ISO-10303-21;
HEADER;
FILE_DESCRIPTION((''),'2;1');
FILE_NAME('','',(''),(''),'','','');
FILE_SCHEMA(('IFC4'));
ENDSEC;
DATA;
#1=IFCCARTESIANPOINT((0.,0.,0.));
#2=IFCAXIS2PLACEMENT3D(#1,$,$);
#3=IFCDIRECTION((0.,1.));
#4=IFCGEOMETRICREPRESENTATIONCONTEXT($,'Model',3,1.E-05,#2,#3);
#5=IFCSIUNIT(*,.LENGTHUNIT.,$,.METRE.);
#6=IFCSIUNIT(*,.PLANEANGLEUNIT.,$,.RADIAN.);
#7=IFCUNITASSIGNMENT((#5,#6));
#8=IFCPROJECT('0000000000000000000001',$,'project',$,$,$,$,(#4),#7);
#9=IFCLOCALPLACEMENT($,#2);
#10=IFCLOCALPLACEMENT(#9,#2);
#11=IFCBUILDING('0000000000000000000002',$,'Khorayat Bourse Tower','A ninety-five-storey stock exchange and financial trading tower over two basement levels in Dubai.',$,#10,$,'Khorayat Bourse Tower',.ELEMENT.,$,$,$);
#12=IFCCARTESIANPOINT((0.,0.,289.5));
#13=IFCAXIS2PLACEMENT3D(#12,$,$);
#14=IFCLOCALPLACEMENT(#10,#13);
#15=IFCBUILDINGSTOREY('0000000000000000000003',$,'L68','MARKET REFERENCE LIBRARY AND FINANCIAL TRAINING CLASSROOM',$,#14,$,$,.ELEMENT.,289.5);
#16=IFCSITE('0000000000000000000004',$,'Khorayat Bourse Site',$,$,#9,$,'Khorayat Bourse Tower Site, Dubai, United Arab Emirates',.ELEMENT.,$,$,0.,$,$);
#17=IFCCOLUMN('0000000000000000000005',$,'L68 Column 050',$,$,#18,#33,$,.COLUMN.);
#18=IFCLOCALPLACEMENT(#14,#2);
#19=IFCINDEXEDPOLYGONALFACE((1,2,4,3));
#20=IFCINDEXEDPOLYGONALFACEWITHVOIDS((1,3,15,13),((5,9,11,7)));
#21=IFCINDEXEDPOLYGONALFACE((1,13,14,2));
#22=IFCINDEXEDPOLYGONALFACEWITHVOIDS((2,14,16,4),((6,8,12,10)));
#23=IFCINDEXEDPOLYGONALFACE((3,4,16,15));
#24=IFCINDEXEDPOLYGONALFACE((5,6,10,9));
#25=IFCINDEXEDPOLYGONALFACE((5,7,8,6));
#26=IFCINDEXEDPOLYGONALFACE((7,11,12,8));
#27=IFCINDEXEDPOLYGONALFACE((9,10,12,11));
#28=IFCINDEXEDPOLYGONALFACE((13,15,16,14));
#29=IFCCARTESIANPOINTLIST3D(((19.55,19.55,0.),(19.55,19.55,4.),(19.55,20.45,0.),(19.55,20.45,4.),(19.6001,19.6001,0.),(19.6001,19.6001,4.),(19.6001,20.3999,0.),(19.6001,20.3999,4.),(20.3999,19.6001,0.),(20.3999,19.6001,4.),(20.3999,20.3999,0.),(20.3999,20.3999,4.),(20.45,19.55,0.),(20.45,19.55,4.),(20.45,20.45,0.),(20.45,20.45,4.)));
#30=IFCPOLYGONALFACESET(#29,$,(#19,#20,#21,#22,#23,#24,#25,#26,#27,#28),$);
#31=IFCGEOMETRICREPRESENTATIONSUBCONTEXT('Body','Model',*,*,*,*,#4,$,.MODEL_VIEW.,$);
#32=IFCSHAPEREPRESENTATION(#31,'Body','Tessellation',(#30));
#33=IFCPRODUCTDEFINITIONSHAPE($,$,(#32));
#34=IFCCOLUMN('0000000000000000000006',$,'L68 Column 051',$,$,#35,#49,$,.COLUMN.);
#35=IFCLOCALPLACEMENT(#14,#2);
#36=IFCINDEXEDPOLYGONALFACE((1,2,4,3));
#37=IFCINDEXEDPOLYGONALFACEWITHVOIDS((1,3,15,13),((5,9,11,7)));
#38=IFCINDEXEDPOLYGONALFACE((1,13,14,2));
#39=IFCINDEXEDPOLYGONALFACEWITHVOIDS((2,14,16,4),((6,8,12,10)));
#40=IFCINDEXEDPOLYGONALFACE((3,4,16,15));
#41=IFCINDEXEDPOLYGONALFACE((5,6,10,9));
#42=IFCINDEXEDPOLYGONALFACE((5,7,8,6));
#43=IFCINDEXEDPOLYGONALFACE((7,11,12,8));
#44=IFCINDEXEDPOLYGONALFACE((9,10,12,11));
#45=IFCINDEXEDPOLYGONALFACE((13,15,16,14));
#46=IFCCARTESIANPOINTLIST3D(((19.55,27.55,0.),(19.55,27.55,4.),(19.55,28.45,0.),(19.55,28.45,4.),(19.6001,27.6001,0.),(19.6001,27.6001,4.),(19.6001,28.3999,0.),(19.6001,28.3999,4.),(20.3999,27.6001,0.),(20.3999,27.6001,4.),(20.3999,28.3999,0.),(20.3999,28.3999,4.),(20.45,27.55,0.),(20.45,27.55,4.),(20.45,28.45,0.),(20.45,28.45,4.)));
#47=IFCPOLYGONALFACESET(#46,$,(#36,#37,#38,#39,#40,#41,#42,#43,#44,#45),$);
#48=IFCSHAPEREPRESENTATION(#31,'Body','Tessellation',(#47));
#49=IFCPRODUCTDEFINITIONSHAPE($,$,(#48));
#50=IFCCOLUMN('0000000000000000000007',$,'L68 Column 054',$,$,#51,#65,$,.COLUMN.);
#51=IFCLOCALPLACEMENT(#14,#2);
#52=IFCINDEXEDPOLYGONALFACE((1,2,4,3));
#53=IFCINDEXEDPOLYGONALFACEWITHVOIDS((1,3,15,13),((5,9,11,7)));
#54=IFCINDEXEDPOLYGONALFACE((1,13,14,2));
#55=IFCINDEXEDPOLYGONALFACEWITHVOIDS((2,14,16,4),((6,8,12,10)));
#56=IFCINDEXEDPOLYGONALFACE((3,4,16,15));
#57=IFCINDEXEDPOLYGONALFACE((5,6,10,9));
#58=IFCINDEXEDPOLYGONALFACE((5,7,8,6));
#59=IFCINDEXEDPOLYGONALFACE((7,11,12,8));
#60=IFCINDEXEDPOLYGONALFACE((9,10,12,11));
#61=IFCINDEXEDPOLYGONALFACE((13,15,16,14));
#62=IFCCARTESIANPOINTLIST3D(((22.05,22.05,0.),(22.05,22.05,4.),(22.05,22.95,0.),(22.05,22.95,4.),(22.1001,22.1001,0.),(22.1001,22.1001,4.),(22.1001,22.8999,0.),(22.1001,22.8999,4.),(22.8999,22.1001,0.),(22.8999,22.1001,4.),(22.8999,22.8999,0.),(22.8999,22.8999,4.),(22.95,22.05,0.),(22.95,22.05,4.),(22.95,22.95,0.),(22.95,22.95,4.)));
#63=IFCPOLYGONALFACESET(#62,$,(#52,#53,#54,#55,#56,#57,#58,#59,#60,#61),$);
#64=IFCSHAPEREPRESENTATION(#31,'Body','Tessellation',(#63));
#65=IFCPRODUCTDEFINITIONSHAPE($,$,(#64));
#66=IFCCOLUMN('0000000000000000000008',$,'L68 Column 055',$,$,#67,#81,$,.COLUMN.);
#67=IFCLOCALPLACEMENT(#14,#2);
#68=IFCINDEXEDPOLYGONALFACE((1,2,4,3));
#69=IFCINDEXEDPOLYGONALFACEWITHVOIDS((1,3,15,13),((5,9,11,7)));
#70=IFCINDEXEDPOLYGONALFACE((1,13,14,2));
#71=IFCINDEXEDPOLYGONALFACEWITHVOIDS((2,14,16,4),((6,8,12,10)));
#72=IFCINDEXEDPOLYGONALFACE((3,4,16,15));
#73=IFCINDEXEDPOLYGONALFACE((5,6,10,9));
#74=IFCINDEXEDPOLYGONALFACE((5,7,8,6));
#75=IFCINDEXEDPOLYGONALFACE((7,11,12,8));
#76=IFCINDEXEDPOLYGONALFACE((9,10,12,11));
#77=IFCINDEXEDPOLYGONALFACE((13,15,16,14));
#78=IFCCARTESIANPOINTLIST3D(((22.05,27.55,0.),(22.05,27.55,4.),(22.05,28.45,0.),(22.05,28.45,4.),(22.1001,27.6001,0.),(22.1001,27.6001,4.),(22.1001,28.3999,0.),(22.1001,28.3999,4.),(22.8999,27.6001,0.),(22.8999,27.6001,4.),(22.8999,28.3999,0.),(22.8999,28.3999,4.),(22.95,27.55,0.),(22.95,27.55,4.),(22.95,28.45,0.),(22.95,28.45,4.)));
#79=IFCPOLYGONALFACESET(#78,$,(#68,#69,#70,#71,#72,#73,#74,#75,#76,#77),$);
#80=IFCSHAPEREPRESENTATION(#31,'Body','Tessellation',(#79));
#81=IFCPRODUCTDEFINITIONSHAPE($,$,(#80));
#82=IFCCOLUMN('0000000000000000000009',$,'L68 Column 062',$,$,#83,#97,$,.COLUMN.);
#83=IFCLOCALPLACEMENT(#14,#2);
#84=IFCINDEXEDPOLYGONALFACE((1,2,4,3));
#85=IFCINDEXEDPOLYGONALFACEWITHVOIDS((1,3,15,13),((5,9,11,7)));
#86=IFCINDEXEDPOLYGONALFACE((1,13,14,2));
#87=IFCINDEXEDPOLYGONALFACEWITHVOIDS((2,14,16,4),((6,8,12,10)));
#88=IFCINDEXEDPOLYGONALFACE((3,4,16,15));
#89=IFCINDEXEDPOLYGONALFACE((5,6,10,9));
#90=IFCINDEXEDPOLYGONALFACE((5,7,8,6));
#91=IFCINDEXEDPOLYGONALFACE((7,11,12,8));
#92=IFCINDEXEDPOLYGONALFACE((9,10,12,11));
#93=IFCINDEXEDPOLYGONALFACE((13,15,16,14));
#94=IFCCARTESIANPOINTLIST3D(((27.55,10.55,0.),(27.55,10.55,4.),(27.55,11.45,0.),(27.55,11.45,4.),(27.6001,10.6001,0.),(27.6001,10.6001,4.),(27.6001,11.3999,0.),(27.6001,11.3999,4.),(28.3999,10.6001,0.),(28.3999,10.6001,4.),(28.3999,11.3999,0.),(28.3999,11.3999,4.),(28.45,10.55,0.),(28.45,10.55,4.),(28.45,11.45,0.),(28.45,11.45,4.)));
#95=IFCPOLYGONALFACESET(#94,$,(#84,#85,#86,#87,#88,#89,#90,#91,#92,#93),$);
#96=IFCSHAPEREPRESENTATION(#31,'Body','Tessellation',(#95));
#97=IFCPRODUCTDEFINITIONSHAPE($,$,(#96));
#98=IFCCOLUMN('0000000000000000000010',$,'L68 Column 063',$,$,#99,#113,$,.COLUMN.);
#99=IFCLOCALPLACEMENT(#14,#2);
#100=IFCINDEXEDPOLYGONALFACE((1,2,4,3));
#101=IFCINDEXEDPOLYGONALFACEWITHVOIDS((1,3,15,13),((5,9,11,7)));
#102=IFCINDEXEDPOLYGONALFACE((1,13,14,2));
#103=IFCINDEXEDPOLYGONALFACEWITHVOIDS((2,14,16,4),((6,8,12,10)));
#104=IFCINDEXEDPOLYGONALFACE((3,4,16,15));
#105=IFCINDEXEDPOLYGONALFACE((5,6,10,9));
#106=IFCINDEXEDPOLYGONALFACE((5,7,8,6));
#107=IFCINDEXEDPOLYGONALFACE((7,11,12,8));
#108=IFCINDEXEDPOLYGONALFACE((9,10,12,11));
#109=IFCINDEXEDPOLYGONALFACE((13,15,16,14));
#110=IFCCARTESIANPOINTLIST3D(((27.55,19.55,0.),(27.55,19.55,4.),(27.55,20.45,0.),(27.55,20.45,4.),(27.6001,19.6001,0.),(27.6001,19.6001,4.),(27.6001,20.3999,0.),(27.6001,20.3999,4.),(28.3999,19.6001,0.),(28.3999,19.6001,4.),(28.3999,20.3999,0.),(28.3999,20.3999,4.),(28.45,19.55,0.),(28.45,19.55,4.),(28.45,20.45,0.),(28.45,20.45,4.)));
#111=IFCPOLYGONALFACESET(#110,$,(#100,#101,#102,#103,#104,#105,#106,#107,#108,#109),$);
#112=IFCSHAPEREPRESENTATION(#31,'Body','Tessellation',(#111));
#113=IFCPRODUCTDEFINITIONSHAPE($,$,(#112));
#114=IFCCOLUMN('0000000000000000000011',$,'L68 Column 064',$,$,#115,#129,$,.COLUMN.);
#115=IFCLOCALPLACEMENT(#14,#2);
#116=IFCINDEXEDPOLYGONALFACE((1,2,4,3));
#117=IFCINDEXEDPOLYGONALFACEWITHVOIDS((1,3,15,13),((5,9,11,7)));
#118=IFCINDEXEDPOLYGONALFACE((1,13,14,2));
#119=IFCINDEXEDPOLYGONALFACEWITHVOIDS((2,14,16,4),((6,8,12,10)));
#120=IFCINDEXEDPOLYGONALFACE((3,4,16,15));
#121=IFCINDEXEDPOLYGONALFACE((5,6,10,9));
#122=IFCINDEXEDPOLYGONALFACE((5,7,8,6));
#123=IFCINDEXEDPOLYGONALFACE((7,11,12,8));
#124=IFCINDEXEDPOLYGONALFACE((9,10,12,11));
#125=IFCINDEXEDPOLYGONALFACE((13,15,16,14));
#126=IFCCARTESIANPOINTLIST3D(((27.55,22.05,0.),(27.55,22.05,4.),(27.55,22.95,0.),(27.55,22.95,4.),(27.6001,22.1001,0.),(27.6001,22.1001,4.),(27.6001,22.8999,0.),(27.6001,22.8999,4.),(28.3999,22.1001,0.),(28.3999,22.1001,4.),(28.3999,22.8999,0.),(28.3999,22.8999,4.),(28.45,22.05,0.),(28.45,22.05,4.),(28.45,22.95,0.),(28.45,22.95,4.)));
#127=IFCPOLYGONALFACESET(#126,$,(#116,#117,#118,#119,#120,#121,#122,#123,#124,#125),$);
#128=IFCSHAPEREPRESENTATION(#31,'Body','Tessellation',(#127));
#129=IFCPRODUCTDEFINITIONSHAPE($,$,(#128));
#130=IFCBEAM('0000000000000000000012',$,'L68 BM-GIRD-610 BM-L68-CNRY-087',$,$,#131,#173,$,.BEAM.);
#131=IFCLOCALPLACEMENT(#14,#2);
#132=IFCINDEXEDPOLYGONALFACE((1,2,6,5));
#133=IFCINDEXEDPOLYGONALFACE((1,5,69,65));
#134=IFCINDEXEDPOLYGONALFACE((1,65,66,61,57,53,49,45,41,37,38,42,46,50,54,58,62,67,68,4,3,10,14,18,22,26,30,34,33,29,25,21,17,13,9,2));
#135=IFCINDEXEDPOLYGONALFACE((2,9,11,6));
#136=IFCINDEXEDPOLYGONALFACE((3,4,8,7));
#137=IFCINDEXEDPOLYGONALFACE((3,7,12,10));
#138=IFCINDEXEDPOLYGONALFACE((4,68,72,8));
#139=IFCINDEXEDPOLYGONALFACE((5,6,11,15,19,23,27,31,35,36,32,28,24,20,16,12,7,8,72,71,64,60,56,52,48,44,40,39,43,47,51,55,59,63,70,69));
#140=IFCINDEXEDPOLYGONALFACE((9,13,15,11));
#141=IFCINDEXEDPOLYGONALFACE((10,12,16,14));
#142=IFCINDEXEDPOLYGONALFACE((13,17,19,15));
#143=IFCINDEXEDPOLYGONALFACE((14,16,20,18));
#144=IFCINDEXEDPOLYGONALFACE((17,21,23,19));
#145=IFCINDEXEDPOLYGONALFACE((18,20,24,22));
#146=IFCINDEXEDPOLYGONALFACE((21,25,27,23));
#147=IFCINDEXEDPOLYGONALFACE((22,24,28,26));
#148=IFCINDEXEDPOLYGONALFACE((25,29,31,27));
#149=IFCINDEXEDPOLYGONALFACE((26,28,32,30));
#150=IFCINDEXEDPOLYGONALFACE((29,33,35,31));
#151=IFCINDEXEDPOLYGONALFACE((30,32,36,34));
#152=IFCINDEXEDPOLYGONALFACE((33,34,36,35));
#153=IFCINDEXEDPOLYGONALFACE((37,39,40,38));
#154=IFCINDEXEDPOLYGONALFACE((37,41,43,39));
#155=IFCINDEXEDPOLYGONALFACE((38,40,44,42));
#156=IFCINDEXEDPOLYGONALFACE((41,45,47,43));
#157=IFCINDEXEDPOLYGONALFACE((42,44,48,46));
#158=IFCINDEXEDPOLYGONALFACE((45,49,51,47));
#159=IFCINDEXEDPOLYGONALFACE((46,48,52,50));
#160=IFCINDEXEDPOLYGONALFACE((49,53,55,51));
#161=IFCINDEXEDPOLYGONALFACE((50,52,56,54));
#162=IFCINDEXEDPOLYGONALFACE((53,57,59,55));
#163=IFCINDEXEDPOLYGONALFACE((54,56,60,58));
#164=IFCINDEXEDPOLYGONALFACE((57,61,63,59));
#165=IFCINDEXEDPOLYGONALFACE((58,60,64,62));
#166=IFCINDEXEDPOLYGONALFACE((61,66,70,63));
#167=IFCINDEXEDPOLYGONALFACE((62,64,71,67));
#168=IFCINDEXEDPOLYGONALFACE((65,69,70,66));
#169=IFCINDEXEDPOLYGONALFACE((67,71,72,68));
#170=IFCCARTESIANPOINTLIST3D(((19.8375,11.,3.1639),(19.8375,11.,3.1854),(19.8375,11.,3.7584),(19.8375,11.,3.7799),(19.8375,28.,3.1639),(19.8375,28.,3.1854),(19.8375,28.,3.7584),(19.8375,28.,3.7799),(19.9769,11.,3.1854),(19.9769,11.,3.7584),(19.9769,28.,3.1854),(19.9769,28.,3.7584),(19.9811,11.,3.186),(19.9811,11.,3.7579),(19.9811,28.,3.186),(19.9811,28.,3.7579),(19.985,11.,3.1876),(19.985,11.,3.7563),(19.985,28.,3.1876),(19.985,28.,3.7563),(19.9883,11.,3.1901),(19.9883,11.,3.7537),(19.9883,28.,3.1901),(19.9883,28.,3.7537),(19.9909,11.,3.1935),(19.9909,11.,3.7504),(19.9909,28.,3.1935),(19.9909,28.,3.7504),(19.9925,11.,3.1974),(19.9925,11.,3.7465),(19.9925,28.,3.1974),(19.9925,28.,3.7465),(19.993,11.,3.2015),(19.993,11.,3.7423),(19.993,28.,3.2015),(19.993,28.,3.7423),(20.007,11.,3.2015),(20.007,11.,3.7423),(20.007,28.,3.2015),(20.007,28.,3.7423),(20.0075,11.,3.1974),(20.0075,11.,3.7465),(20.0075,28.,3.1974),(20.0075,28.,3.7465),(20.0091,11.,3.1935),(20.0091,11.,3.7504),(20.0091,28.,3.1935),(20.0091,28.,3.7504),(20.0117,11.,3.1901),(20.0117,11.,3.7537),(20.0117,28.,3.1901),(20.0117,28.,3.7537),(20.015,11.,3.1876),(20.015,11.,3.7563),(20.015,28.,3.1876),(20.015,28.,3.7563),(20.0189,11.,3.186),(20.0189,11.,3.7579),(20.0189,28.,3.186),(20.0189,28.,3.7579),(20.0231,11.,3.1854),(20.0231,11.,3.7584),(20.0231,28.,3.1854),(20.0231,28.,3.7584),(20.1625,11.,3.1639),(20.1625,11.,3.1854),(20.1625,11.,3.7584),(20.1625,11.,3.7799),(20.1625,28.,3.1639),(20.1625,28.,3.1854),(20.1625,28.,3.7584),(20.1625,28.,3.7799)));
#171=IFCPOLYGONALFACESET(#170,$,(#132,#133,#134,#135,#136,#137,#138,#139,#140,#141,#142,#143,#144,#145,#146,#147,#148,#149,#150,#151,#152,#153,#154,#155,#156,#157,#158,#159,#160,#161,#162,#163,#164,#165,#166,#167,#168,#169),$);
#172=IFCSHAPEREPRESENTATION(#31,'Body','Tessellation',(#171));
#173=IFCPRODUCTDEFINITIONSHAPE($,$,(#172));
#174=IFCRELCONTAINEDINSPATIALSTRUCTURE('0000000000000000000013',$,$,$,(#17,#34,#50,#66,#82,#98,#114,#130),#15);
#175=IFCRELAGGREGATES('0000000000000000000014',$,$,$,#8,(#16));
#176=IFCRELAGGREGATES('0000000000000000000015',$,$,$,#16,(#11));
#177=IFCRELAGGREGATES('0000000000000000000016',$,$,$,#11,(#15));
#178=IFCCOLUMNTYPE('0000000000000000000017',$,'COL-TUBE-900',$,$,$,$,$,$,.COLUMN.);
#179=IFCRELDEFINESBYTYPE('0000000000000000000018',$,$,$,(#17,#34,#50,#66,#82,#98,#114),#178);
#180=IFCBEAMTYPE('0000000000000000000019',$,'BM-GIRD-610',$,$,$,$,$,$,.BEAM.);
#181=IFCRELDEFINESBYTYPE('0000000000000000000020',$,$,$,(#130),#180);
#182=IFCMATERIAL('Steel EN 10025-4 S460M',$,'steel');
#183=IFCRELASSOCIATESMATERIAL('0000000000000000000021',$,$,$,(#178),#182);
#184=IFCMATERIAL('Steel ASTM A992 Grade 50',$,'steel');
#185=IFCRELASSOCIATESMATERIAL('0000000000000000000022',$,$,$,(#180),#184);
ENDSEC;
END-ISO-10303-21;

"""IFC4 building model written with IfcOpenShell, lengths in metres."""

from ifc_helpers import new_model, si_unit, direction, frame, origin, origin_2d, place, context, subcontext, project, spatial, hollow_rectangle, i_section, extrude, source, transform, mapped, material, material_profile, profile_set, type_object, element, save


model = new_model("IFC4")

# Units and contexts
model_context = context("Model", 3, precision=1e-05, world=origin(), true_north=direction((0.0, 1.0)))
body_context = subcontext(model_context, "Body", "Model", "MODEL_VIEW")
ifc_project = project(units=[si_unit("LENGTHUNIT", "METRE"), si_unit("PLANEANGLEUNIT", "RADIAN")], contexts=[model_context])

# Site, building, storey
site_placement = place(None, origin())
site = spatial("IfcSite", under=ifc_project, at=site_placement, Name="Khorayat Bourse Site", LongName="Khorayat Bourse Tower Site, Dubai, United Arab Emirates", CompositionType="ELEMENT", RefElevation=0.0)
building_placement = place(site_placement, origin())
building = spatial("IfcBuilding", under=site, at=building_placement, Name="Khorayat Bourse Tower", Description="A ninety-five-storey stock exchange and financial trading tower over two basement levels in Dubai.", LongName="Khorayat Bourse Tower", CompositionType="ELEMENT")
storey_placement = place(building_placement, frame((0.0, 0.0, 289.5)))
storey = spatial("IfcBuildingStorey", under=building, at=storey_placement, Name="L68", Description="MARKET REFERENCE LIBRARY AND FINANCIAL TRAINING CLASSROOM", CompositionType="ELEMENT", Elevation=289.5)

# Columns
ifc_material_1 = material(Name="Steel EN 10025-4 S460M", Category="steel")
ifc_material_profile_1 = material_profile(ifc_material_1, hollow_rectangle(XDim=0.8999, YDim=0.8999, WallThickness=0.05, at=origin_2d()), Name="BOX 900x900x50")
ifc_profile_set_1 = profile_set([ifc_material_profile_1], Name="Steel EN 10025-4 S460M")
column_type = type_object("IfcColumnType", Name="COL-TUBE-900", PredefinedType="COLUMN", material=ifc_profile_set_1)
shared_shape_1 = source(origin(), body_context, "Body", "SweptSolid", [
    extrude(hollow_rectangle(XDim=0.8999, YDim=0.8999, WallThickness=0.05, at=origin_2d()), origin(), (0.0, 0.0, 1.0), 4.0),
])
for number, where, z_axis, x_axis, name in (
    (1, (20.0, 20.0, 0.0), (0.0, 0.0, 1.0), (1.0, 0.0, 0.0), "L68 Column 050"),
    (2, (20.0, 28.0, 0.0), (0.0, 0.0, 1.0), (1.0, 0.0, 0.0), "L68 Column 051"),
    (3, (22.5, 22.5, 0.0), (0.0, 0.0, 1.0), (1.0, 0.0, 0.0), "L68 Column 054"),
    (4, (22.5, 28.0, 0.0), (0.0, 0.0, 1.0), (1.0, 0.0, 0.0), "L68 Column 055"),
    (5, (28.0, 11.0, 0.0), (0.0, 0.0, 1.0), (1.0, 0.0, 0.0), "L68 Column 062"),
    (6, (28.0, 20.0, 0.0), (0.0, 0.0, 1.0), (1.0, 0.0, 0.0), "L68 Column 063"),
    (7, (28.0, 22.5, 0.0), (0.0, 0.0, 1.0), (1.0, 0.0, 0.0), "L68 Column 064"),
):
    element("IfcColumn", number, at=place(storey_placement, frame(where, z_axis=z_axis, x_axis=x_axis)), inside=storey, type_object=column_type, Name=name, PredefinedType="COLUMN", context=body_context, shape_type="MappedRepresentation", body=[
        mapped(shared_shape_1, transform((0.0, 0.0, 0.0), scale=1.0)),
    ])

# Beam
ifc_material_2 = material(Name="Steel ASTM A992 Grade 50", Category="steel")
ifc_material_profile_2 = material_profile(ifc_material_2, i_section(OverallWidth=0.325, OverallDepth=0.616, WebThickness=0.0139, FlangeThickness=0.0215, FilletRadius=0.0161, at=origin_2d()), Name="W610X174")
ifc_profile_set_2 = profile_set([ifc_material_profile_2], Name="Steel ASTM A992 Grade 50")
beam_type_1 = type_object("IfcBeamType", Name="BM-GIRD-610", PredefinedType="BEAM", material=ifc_profile_set_2)
shared_shape_2 = source(origin(), body_context, "Body", "SweptSolid", [
    extrude(i_section(OverallWidth=0.325, OverallDepth=0.616, WebThickness=0.0139, FlangeThickness=0.0215, FilletRadius=0.0161, at=origin_2d()), origin(), (0.0, 0.0, 1.0), 17.0),
])
beam_1_placement = place(storey_placement, frame((20.0, 11.0, 3.4719), z_axis=(0.0, 1.0, 0.0), x_axis=(-1.0, 0.0, 0.0)))
element("IfcBeam", 8, at=beam_1_placement, inside=storey, type_object=beam_type_1, Name="L68 BM-GIRD-610 BM-L68-CNRY-087", PredefinedType="BEAM", context=body_context, shape_type="MappedRepresentation", body=[
    mapped(shared_shape_2, transform((0.0, 0.0, 0.0), scale=1.0)),
])

save(model, "model.ifc")
